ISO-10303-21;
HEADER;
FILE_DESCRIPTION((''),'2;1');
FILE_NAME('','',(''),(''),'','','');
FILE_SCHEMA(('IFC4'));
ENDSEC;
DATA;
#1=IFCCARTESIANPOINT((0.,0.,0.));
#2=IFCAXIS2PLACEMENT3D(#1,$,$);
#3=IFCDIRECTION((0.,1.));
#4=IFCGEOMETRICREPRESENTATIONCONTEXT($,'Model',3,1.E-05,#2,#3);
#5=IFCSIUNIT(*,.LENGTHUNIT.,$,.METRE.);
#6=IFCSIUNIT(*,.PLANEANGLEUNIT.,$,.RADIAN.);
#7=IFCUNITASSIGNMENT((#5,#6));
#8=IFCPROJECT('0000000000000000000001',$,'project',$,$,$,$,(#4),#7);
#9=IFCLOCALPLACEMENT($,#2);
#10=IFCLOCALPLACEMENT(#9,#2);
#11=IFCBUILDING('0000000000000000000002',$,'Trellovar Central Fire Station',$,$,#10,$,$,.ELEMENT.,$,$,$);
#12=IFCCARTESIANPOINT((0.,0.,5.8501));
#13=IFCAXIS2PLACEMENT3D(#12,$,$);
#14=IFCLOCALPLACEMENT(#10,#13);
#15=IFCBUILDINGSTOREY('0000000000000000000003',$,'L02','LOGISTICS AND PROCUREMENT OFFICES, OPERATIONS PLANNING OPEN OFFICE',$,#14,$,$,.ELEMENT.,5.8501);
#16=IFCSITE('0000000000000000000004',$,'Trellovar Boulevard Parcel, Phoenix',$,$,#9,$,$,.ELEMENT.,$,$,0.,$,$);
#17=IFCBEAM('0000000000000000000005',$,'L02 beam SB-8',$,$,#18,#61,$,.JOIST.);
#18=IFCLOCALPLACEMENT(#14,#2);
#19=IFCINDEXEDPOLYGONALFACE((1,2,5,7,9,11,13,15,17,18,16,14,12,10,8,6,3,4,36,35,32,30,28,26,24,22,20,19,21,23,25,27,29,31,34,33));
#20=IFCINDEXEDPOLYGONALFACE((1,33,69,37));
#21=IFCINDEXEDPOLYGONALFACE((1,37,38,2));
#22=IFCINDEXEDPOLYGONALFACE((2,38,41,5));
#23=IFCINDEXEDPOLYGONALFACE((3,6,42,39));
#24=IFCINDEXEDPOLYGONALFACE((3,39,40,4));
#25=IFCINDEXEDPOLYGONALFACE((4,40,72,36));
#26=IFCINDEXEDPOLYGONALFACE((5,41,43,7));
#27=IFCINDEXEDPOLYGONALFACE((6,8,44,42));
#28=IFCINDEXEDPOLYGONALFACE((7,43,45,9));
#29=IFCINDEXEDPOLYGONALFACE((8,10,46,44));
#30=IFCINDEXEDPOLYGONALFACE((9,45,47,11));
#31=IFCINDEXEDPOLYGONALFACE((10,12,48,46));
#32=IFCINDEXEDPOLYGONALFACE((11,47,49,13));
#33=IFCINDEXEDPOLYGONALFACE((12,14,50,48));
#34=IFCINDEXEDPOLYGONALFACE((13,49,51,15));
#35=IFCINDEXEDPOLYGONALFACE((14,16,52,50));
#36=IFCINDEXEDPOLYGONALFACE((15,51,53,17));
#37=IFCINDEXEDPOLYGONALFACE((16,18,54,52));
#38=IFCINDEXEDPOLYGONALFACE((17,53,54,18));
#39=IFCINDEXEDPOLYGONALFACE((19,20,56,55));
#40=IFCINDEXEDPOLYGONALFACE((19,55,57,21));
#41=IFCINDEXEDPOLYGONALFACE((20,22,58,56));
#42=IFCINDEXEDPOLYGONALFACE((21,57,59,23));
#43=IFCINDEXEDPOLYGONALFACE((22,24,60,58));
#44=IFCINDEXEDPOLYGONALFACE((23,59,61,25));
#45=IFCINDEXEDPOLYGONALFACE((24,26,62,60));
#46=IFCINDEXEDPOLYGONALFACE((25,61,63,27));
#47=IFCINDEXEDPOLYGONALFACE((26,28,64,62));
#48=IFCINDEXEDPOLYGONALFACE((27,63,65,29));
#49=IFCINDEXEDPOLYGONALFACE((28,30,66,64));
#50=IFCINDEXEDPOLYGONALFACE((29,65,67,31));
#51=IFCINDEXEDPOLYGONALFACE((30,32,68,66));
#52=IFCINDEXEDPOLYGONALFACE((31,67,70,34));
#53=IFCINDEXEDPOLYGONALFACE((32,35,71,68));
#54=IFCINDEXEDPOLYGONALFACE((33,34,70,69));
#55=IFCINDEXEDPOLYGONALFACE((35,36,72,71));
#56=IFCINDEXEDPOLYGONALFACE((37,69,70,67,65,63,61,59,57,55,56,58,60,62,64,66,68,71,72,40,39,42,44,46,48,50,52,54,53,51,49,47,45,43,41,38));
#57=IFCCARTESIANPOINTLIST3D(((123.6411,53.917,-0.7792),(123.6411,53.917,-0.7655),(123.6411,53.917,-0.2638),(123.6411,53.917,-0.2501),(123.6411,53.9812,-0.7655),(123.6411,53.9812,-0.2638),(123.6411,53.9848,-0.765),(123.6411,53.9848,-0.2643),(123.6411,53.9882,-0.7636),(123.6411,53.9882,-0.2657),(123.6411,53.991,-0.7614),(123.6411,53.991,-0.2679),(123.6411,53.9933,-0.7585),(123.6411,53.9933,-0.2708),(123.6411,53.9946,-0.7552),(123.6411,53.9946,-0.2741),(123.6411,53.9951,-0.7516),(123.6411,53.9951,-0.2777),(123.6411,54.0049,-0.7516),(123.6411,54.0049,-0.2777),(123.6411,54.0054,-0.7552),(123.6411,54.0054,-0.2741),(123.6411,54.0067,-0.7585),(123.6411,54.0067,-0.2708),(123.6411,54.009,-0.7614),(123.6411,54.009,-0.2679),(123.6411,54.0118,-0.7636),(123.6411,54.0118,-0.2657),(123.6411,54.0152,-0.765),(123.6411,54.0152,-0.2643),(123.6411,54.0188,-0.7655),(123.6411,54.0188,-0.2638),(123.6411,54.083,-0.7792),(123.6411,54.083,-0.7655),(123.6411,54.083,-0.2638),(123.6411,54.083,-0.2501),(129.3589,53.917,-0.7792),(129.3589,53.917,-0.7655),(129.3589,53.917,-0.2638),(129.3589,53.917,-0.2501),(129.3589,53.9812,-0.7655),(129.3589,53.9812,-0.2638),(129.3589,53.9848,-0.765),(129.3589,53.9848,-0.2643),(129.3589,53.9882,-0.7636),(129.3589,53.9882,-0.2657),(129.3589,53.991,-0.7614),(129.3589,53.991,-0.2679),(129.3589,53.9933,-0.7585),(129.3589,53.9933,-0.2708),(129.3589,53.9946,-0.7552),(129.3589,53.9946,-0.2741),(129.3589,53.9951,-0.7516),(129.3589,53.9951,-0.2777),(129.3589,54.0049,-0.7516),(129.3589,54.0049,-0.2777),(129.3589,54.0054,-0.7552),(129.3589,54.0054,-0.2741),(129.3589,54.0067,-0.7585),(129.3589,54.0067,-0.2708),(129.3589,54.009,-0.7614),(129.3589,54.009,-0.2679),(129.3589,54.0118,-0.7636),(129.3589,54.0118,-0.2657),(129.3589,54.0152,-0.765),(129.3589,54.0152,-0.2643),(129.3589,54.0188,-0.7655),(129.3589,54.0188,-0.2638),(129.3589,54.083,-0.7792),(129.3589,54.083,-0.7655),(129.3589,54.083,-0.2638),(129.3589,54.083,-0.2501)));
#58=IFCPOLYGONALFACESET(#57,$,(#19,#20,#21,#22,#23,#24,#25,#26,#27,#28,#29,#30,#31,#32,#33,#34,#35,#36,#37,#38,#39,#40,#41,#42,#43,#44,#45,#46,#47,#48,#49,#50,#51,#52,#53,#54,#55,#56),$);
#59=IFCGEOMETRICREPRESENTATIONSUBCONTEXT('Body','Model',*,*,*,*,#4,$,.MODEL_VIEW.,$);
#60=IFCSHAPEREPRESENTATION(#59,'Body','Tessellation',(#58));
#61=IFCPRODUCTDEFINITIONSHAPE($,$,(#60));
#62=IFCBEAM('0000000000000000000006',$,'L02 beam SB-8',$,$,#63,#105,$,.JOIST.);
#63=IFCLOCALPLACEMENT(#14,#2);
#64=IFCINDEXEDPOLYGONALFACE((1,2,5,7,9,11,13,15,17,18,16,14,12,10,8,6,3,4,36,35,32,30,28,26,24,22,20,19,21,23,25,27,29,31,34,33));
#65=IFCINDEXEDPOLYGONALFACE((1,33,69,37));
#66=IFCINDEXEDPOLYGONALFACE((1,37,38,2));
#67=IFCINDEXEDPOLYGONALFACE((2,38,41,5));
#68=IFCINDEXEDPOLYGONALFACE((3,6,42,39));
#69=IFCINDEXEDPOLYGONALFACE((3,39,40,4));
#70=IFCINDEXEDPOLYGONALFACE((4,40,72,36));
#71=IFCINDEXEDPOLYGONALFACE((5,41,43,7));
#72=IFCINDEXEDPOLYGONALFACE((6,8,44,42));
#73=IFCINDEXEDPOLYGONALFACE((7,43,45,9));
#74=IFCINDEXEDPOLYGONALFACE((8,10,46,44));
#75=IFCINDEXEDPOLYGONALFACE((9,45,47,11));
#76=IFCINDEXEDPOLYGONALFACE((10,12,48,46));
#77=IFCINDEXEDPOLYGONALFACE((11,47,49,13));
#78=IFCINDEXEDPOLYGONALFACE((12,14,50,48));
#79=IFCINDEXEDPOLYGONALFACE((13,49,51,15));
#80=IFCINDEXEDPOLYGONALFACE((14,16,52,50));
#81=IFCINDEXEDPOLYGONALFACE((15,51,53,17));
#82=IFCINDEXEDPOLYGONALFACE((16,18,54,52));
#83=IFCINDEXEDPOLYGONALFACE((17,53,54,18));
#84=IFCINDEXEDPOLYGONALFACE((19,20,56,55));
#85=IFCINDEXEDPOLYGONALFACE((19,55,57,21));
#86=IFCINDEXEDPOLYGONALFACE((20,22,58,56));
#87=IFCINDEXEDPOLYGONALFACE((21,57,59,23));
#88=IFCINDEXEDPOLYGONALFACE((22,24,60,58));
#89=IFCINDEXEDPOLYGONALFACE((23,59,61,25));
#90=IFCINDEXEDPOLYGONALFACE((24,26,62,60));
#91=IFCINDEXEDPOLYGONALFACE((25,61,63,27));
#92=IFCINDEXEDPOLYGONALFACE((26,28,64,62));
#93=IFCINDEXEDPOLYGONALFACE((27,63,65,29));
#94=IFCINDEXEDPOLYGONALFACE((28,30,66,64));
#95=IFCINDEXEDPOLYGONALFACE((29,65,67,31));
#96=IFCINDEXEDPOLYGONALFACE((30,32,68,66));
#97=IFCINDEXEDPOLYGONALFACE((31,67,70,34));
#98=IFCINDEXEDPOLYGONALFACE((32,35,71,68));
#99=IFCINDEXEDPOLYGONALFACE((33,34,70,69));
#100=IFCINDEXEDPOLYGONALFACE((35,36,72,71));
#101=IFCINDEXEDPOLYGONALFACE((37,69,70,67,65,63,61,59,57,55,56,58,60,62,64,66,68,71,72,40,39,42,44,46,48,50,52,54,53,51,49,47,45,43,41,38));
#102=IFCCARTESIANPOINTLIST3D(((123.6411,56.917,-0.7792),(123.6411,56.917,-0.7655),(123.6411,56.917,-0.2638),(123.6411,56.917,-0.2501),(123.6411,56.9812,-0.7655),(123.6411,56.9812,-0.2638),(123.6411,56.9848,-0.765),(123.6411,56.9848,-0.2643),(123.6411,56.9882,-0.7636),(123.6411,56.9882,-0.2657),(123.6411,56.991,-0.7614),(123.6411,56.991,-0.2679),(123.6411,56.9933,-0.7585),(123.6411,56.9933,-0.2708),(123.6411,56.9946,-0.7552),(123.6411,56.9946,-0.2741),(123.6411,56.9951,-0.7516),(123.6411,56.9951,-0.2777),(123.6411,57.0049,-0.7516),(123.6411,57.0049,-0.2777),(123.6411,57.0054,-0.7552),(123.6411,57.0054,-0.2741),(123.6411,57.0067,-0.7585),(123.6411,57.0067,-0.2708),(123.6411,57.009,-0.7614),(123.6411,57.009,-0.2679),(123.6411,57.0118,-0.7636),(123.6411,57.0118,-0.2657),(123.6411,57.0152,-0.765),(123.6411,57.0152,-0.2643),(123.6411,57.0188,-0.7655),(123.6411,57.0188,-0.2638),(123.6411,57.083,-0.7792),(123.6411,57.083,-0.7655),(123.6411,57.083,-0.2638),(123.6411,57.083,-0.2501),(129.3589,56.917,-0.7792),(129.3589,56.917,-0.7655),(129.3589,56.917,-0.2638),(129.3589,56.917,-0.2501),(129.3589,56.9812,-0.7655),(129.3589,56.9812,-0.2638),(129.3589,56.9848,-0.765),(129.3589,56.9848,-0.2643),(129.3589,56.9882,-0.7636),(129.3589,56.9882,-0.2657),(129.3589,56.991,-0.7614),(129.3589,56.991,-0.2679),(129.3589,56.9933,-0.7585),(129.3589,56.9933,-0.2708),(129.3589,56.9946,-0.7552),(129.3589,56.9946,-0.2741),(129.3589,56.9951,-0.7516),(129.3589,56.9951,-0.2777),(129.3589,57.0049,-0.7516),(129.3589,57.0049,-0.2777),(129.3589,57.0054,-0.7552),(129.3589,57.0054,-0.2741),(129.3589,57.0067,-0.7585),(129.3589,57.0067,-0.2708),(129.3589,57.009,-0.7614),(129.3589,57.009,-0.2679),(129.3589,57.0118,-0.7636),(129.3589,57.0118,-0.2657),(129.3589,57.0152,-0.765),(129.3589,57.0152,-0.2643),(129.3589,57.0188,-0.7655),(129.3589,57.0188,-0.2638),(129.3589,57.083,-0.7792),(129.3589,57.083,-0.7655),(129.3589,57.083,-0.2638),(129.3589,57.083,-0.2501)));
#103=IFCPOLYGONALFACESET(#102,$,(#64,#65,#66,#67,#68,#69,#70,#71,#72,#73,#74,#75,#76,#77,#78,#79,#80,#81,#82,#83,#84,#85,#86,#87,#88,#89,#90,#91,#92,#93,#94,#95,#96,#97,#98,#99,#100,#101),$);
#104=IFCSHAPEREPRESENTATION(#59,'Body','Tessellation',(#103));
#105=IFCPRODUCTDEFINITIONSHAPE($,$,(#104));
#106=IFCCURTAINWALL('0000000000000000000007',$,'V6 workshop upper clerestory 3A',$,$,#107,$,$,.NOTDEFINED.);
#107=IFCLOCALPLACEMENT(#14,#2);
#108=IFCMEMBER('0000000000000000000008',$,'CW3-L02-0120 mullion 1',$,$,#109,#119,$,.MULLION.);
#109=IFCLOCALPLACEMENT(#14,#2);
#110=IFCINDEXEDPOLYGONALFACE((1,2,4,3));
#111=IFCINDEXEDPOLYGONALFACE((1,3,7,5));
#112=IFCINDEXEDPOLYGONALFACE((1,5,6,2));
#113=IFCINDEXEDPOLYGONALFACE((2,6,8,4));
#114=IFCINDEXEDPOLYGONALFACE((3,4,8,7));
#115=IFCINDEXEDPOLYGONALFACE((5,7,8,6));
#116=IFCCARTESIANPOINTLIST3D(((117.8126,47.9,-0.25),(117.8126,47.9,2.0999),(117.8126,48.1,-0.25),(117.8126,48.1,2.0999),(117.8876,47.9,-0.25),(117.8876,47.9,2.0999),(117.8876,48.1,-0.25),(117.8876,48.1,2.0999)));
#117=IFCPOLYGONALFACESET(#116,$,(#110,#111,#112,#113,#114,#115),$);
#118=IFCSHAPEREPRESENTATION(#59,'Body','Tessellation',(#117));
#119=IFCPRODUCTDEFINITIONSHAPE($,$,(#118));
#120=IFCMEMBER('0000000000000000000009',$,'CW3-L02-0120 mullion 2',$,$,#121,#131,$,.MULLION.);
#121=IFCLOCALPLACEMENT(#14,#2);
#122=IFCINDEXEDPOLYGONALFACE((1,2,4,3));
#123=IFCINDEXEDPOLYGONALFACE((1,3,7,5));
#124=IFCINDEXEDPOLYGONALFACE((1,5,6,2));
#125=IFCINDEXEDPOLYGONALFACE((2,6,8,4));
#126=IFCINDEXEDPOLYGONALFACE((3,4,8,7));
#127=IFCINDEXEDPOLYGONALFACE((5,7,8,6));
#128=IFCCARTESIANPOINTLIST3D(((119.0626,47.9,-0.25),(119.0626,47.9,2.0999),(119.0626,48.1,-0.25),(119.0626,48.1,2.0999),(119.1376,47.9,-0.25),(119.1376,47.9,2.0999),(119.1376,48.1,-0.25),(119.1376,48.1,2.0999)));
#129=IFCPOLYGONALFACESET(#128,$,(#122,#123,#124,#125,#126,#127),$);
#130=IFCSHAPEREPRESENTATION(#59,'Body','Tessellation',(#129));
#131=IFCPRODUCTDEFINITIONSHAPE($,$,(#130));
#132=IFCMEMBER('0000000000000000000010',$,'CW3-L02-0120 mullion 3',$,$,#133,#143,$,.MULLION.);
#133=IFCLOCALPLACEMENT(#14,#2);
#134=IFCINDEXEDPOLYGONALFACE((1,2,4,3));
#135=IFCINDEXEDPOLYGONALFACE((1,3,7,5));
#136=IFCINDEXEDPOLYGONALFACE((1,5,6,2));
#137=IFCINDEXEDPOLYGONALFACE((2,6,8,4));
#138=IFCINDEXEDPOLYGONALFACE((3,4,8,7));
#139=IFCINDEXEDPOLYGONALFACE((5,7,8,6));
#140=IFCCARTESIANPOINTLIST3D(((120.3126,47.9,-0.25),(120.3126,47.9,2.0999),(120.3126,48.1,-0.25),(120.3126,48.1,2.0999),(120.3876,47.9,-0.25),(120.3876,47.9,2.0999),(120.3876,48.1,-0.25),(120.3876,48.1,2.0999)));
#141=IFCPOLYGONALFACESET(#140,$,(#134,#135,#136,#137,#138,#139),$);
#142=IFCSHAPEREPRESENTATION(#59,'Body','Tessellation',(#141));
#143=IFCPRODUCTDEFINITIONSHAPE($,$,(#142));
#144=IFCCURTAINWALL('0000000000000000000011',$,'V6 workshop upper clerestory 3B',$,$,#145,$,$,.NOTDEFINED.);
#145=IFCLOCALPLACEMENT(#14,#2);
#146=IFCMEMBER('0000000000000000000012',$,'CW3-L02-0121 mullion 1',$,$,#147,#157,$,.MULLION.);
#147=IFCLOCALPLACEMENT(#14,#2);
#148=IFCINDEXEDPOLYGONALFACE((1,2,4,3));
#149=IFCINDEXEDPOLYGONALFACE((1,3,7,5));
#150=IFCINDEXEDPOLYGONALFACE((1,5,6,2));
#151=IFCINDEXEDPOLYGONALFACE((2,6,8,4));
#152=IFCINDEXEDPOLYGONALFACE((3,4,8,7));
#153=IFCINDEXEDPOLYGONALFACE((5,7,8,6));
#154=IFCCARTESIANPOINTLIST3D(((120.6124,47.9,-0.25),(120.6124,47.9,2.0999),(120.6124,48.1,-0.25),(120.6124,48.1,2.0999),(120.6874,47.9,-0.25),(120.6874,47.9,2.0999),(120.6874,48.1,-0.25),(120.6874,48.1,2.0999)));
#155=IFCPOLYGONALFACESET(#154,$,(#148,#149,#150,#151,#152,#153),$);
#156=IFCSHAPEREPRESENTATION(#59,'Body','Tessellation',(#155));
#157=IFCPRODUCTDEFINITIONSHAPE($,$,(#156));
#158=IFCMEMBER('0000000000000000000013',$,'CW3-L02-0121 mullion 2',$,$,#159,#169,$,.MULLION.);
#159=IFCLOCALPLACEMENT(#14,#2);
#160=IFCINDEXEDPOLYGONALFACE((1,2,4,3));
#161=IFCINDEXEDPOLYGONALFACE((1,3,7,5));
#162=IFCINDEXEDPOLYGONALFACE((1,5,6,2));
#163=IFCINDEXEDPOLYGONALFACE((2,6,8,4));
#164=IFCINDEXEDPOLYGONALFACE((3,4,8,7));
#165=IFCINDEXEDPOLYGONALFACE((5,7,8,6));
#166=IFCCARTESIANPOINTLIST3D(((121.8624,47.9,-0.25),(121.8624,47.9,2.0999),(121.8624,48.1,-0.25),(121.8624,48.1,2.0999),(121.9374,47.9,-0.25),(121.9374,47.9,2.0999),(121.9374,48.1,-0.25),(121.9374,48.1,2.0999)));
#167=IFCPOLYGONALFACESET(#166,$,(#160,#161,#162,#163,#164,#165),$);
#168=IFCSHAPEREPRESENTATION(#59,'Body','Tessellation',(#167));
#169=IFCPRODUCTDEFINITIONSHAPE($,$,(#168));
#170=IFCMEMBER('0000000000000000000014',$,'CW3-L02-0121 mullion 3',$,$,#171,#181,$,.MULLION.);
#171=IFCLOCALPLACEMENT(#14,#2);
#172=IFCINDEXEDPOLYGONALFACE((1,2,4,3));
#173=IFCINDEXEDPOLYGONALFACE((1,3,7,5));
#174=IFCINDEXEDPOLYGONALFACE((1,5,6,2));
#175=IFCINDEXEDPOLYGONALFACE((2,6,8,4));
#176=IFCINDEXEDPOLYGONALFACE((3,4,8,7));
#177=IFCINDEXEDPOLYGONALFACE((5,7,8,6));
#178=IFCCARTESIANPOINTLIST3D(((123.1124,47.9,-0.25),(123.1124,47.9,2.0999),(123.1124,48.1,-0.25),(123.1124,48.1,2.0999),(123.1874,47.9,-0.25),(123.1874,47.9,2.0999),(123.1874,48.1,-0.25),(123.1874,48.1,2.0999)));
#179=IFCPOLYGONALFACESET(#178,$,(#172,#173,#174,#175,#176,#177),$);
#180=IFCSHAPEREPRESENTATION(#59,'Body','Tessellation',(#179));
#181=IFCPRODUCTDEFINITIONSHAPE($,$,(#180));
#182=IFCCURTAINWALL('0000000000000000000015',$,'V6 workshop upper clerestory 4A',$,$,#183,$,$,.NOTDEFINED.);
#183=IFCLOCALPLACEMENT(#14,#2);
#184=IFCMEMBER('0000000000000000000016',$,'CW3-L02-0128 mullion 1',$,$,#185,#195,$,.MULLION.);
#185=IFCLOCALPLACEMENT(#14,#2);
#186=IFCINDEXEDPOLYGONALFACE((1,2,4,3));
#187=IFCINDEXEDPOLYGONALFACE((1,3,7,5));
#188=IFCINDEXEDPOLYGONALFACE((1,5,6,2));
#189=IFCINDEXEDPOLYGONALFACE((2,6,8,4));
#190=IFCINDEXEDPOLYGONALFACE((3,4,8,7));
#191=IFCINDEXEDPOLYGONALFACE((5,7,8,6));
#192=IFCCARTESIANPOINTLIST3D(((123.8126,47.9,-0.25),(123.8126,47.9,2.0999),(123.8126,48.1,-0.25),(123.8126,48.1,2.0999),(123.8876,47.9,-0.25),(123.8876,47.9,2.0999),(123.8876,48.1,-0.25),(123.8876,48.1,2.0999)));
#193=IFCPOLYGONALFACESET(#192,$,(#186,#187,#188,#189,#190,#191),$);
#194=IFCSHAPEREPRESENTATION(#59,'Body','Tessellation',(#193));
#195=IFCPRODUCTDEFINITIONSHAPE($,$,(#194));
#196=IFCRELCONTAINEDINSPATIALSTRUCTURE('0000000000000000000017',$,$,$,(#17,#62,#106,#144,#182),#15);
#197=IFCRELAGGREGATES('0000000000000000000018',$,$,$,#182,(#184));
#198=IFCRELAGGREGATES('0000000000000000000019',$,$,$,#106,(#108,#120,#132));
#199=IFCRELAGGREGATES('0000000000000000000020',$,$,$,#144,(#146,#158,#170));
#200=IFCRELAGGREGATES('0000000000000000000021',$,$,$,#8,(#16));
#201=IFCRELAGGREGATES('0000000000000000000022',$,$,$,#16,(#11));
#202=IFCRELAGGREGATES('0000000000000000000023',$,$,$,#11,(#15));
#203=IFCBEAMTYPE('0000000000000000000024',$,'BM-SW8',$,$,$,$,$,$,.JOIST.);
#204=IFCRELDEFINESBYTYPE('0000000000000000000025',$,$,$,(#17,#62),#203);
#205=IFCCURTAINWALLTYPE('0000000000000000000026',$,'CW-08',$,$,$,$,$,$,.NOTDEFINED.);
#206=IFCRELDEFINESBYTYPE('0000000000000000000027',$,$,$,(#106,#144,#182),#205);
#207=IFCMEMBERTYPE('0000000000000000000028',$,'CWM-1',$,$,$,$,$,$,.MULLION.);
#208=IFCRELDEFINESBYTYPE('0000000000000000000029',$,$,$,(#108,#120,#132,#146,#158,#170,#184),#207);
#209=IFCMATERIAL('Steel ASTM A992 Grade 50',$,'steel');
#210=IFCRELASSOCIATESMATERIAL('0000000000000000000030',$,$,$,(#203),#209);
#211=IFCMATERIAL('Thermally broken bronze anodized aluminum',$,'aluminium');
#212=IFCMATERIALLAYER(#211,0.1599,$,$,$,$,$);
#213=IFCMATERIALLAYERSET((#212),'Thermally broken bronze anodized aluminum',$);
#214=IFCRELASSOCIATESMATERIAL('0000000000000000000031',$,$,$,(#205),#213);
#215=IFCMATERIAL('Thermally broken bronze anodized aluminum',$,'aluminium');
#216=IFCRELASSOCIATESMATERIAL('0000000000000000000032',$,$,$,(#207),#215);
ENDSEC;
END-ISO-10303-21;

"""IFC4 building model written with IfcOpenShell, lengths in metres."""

from ifc_helpers import new_model, si_unit, direction, frame, origin, origin_2d, place, context, subcontext, project, spatial, rectangle, i_section, extrude, material, layer, layer_set, material_profile, profile_set, type_object, element, aggregate, save


model = new_model("IFC4")

# Units and contexts
model_context = context("Model", 3, precision=1e-05, world=origin(), true_north=direction((0.0, 1.0)))
body_context = subcontext(model_context, "Body", "Model", "MODEL_VIEW")
ifc_project = project(units=[si_unit("LENGTHUNIT", "METRE"), si_unit("PLANEANGLEUNIT", "RADIAN")], contexts=[model_context])

# Site, building, storey
site_placement = place(None, origin())
site = spatial("IfcSite", under=ifc_project, at=site_placement, Name="Trellovar Boulevard Parcel, Phoenix", CompositionType="ELEMENT", RefElevation=0.0)
building_placement = place(site_placement, origin())
building = spatial("IfcBuilding", under=site, at=building_placement, Name="Trellovar Central Fire Station", CompositionType="ELEMENT")
storey_placement = place(building_placement, frame((0.0, 0.0, 5.8501)))
storey = spatial("IfcBuildingStorey", under=building, at=storey_placement, Name="L02", Description="LOGISTICS AND PROCUREMENT OFFICES, OPERATIONS PLANNING OPEN OFFICE", CompositionType="ELEMENT", Elevation=5.8501)

# Beams
ifc_material_1 = material(Name="Steel ASTM A992 Grade 50", Category="steel")
ifc_material_profile_1 = material_profile(ifc_material_1, i_section(OverallWidth=0.166, OverallDepth=0.5291, WebThickness=0.0098, FlangeThickness=0.0137, FilletRadius=0.0139, at=origin_2d()), Name="W21X50")
ifc_profile_set_1 = profile_set([ifc_material_profile_1], Name="Steel ASTM A992 Grade 50")
beam_type_1 = type_object("IfcBeamType", Name="BM-SW8", PredefinedType="JOIST", material=ifc_profile_set_1)
for number, where, z_axis, x_axis, name in (
    (1, (123.6411, 54.0, -0.5146), (1.0, 0.0, 0.0), (0.0, 1.0, 0.0), "L02 beam SB-8"),
    (2, (123.6411, 57.0, -0.5146), (1.0, 0.0, 0.0), (0.0, 1.0, 0.0), "L02 beam SB-8"),
):
    element("IfcBeam", number, at=place(storey_placement, frame(where, z_axis=z_axis, x_axis=x_axis)), inside=storey, type_object=beam_type_1, Name=name, PredefinedType="JOIST", context=body_context, shape_type="SweptSolid", body=[
        extrude(i_section(OverallWidth=0.166, OverallDepth=0.5291, WebThickness=0.0098, FlangeThickness=0.0137, FilletRadius=0.0139, at=origin_2d()), origin(), (0.0, 0.0, 1.0), 5.7178),
    ])

# Curtain walls, members
ifc_material_2 = material(Name="Thermally broken bronze anodized aluminum", Category="aluminium")
ifc_layer_1 = layer(ifc_material_2, 0.1599)
ifc_layer_set_1 = layer_set([ifc_layer_1], Name="Thermally broken bronze anodized aluminum")
curtain_wall_type = type_object("IfcCurtainWallType", Name="CW-08", PredefinedType="NOTDEFINED", material=ifc_layer_set_1)
curtain_wall_1_placement = place(storey_placement, origin())
curtain_wall_1 = element("IfcCurtainWall", 3, at=curtain_wall_1_placement, inside=storey, type_object=curtain_wall_type, Name="V6 workshop upper clerestory 3A", PredefinedType="NOTDEFINED")
ifc_material_3 = material(Name="Thermally broken bronze anodized aluminum", Category="aluminium")
ifc_material_profile_2 = material_profile(ifc_material_3, rectangle(XDim=0.075, YDim=0.2, at=origin_2d()), Name="ALU75X200")
ifc_profile_set_2 = profile_set([ifc_material_profile_2], Name="Thermally broken bronze anodized aluminum")
member_type_1 = type_object("IfcMemberType", Name="CWM-1", PredefinedType="MULLION", material=ifc_profile_set_2)
member_1_placement = place(storey_placement, frame((117.8501, 48.0, -0.25), z_axis=(0.0, 0.0, 1.0), x_axis=(1.0, 0.0, 0.0)))
member_1 = element("IfcMember", 4, at=member_1_placement, type_object=member_type_1, Name="CW3-L02-0120 mullion 1", PredefinedType="MULLION", context=body_context, shape_type="SweptSolid", body=[
    extrude(rectangle(XDim=0.075, YDim=0.2, at=origin_2d()), origin(), (0.0, 0.0, 1.0), 2.3499),
])
member_2_placement = place(storey_placement, frame((119.1001, 48.0, -0.25), z_axis=(0.0, 0.0, 1.0), x_axis=(1.0, 0.0, 0.0)))
member_2 = element("IfcMember", 5, at=member_2_placement, type_object=member_type_1, Name="CW3-L02-0120 mullion 2", PredefinedType="MULLION", context=body_context, shape_type="SweptSolid", body=[
    extrude(rectangle(XDim=0.075, YDim=0.2, at=origin_2d()), origin(), (0.0, 0.0, 1.0), 2.3499),
])
member_3_placement = place(storey_placement, frame((120.3501, 48.0, -0.25), z_axis=(0.0, 0.0, 1.0), x_axis=(1.0, 0.0, 0.0)))
member_3 = element("IfcMember", 6, at=member_3_placement, type_object=member_type_1, Name="CW3-L02-0120 mullion 3", PredefinedType="MULLION", context=body_context, shape_type="SweptSolid", body=[
    extrude(rectangle(XDim=0.075, YDim=0.2, at=origin_2d()), origin(), (0.0, 0.0, 1.0), 2.3499),
])
curtain_wall_2_placement = place(storey_placement, origin())
curtain_wall_2 = element("IfcCurtainWall", 7, at=curtain_wall_2_placement, inside=storey, type_object=curtain_wall_type, Name="V6 workshop upper clerestory 3B", PredefinedType="NOTDEFINED")
member_4_placement = place(storey_placement, frame((120.6499, 48.0, -0.25), z_axis=(0.0, 0.0, 1.0), x_axis=(1.0, 0.0, 0.0)))
member_4 = element("IfcMember", 8, at=member_4_placement, type_object=member_type_1, Name="CW3-L02-0121 mullion 1", PredefinedType="MULLION", context=body_context, shape_type="SweptSolid", body=[
    extrude(rectangle(XDim=0.075, YDim=0.2, at=origin_2d()), origin(), (0.0, 0.0, 1.0), 2.3499),
])
member_5_placement = place(storey_placement, frame((121.8999, 48.0, -0.25), z_axis=(0.0, 0.0, 1.0), x_axis=(1.0, 0.0, 0.0)))
member_5 = element("IfcMember", 9, at=member_5_placement, type_object=member_type_1, Name="CW3-L02-0121 mullion 2", PredefinedType="MULLION", context=body_context, shape_type="SweptSolid", body=[
    extrude(rectangle(XDim=0.075, YDim=0.2, at=origin_2d()), origin(), (0.0, 0.0, 1.0), 2.3499),
])
member_6_placement = place(storey_placement, frame((123.1499, 48.0, -0.25), z_axis=(0.0, 0.0, 1.0), x_axis=(1.0, 0.0, 0.0)))
member_6 = element("IfcMember", 10, at=member_6_placement, type_object=member_type_1, Name="CW3-L02-0121 mullion 3", PredefinedType="MULLION", context=body_context, shape_type="SweptSolid", body=[
    extrude(rectangle(XDim=0.075, YDim=0.2, at=origin_2d()), origin(), (0.0, 0.0, 1.0), 2.3499),
])

# Curtain wall, member
curtain_wall_3_placement = place(storey_placement, origin())
curtain_wall_3 = element("IfcCurtainWall", 11, at=curtain_wall_3_placement, inside=storey, type_object=curtain_wall_type, Name="V6 workshop upper clerestory 4A", PredefinedType="NOTDEFINED")
member_7_placement = place(storey_placement, frame((123.8501, 48.0, -0.25), z_axis=(0.0, 0.0, 1.0), x_axis=(1.0, 0.0, 0.0)))
member_7 = element("IfcMember", 12, at=member_7_placement, type_object=member_type_1, Name="CW3-L02-0128 mullion 1", PredefinedType="MULLION", context=body_context, shape_type="SweptSolid", body=[
    extrude(rectangle(XDim=0.075, YDim=0.2, at=origin_2d()), origin(), (0.0, 0.0, 1.0), 2.3499),
])

aggregate(curtain_wall_3, [member_7])

aggregate(curtain_wall_1, [member_1, member_2, member_3])
aggregate(curtain_wall_2, [member_4, member_5, member_6])

save(model, "model.ifc")
